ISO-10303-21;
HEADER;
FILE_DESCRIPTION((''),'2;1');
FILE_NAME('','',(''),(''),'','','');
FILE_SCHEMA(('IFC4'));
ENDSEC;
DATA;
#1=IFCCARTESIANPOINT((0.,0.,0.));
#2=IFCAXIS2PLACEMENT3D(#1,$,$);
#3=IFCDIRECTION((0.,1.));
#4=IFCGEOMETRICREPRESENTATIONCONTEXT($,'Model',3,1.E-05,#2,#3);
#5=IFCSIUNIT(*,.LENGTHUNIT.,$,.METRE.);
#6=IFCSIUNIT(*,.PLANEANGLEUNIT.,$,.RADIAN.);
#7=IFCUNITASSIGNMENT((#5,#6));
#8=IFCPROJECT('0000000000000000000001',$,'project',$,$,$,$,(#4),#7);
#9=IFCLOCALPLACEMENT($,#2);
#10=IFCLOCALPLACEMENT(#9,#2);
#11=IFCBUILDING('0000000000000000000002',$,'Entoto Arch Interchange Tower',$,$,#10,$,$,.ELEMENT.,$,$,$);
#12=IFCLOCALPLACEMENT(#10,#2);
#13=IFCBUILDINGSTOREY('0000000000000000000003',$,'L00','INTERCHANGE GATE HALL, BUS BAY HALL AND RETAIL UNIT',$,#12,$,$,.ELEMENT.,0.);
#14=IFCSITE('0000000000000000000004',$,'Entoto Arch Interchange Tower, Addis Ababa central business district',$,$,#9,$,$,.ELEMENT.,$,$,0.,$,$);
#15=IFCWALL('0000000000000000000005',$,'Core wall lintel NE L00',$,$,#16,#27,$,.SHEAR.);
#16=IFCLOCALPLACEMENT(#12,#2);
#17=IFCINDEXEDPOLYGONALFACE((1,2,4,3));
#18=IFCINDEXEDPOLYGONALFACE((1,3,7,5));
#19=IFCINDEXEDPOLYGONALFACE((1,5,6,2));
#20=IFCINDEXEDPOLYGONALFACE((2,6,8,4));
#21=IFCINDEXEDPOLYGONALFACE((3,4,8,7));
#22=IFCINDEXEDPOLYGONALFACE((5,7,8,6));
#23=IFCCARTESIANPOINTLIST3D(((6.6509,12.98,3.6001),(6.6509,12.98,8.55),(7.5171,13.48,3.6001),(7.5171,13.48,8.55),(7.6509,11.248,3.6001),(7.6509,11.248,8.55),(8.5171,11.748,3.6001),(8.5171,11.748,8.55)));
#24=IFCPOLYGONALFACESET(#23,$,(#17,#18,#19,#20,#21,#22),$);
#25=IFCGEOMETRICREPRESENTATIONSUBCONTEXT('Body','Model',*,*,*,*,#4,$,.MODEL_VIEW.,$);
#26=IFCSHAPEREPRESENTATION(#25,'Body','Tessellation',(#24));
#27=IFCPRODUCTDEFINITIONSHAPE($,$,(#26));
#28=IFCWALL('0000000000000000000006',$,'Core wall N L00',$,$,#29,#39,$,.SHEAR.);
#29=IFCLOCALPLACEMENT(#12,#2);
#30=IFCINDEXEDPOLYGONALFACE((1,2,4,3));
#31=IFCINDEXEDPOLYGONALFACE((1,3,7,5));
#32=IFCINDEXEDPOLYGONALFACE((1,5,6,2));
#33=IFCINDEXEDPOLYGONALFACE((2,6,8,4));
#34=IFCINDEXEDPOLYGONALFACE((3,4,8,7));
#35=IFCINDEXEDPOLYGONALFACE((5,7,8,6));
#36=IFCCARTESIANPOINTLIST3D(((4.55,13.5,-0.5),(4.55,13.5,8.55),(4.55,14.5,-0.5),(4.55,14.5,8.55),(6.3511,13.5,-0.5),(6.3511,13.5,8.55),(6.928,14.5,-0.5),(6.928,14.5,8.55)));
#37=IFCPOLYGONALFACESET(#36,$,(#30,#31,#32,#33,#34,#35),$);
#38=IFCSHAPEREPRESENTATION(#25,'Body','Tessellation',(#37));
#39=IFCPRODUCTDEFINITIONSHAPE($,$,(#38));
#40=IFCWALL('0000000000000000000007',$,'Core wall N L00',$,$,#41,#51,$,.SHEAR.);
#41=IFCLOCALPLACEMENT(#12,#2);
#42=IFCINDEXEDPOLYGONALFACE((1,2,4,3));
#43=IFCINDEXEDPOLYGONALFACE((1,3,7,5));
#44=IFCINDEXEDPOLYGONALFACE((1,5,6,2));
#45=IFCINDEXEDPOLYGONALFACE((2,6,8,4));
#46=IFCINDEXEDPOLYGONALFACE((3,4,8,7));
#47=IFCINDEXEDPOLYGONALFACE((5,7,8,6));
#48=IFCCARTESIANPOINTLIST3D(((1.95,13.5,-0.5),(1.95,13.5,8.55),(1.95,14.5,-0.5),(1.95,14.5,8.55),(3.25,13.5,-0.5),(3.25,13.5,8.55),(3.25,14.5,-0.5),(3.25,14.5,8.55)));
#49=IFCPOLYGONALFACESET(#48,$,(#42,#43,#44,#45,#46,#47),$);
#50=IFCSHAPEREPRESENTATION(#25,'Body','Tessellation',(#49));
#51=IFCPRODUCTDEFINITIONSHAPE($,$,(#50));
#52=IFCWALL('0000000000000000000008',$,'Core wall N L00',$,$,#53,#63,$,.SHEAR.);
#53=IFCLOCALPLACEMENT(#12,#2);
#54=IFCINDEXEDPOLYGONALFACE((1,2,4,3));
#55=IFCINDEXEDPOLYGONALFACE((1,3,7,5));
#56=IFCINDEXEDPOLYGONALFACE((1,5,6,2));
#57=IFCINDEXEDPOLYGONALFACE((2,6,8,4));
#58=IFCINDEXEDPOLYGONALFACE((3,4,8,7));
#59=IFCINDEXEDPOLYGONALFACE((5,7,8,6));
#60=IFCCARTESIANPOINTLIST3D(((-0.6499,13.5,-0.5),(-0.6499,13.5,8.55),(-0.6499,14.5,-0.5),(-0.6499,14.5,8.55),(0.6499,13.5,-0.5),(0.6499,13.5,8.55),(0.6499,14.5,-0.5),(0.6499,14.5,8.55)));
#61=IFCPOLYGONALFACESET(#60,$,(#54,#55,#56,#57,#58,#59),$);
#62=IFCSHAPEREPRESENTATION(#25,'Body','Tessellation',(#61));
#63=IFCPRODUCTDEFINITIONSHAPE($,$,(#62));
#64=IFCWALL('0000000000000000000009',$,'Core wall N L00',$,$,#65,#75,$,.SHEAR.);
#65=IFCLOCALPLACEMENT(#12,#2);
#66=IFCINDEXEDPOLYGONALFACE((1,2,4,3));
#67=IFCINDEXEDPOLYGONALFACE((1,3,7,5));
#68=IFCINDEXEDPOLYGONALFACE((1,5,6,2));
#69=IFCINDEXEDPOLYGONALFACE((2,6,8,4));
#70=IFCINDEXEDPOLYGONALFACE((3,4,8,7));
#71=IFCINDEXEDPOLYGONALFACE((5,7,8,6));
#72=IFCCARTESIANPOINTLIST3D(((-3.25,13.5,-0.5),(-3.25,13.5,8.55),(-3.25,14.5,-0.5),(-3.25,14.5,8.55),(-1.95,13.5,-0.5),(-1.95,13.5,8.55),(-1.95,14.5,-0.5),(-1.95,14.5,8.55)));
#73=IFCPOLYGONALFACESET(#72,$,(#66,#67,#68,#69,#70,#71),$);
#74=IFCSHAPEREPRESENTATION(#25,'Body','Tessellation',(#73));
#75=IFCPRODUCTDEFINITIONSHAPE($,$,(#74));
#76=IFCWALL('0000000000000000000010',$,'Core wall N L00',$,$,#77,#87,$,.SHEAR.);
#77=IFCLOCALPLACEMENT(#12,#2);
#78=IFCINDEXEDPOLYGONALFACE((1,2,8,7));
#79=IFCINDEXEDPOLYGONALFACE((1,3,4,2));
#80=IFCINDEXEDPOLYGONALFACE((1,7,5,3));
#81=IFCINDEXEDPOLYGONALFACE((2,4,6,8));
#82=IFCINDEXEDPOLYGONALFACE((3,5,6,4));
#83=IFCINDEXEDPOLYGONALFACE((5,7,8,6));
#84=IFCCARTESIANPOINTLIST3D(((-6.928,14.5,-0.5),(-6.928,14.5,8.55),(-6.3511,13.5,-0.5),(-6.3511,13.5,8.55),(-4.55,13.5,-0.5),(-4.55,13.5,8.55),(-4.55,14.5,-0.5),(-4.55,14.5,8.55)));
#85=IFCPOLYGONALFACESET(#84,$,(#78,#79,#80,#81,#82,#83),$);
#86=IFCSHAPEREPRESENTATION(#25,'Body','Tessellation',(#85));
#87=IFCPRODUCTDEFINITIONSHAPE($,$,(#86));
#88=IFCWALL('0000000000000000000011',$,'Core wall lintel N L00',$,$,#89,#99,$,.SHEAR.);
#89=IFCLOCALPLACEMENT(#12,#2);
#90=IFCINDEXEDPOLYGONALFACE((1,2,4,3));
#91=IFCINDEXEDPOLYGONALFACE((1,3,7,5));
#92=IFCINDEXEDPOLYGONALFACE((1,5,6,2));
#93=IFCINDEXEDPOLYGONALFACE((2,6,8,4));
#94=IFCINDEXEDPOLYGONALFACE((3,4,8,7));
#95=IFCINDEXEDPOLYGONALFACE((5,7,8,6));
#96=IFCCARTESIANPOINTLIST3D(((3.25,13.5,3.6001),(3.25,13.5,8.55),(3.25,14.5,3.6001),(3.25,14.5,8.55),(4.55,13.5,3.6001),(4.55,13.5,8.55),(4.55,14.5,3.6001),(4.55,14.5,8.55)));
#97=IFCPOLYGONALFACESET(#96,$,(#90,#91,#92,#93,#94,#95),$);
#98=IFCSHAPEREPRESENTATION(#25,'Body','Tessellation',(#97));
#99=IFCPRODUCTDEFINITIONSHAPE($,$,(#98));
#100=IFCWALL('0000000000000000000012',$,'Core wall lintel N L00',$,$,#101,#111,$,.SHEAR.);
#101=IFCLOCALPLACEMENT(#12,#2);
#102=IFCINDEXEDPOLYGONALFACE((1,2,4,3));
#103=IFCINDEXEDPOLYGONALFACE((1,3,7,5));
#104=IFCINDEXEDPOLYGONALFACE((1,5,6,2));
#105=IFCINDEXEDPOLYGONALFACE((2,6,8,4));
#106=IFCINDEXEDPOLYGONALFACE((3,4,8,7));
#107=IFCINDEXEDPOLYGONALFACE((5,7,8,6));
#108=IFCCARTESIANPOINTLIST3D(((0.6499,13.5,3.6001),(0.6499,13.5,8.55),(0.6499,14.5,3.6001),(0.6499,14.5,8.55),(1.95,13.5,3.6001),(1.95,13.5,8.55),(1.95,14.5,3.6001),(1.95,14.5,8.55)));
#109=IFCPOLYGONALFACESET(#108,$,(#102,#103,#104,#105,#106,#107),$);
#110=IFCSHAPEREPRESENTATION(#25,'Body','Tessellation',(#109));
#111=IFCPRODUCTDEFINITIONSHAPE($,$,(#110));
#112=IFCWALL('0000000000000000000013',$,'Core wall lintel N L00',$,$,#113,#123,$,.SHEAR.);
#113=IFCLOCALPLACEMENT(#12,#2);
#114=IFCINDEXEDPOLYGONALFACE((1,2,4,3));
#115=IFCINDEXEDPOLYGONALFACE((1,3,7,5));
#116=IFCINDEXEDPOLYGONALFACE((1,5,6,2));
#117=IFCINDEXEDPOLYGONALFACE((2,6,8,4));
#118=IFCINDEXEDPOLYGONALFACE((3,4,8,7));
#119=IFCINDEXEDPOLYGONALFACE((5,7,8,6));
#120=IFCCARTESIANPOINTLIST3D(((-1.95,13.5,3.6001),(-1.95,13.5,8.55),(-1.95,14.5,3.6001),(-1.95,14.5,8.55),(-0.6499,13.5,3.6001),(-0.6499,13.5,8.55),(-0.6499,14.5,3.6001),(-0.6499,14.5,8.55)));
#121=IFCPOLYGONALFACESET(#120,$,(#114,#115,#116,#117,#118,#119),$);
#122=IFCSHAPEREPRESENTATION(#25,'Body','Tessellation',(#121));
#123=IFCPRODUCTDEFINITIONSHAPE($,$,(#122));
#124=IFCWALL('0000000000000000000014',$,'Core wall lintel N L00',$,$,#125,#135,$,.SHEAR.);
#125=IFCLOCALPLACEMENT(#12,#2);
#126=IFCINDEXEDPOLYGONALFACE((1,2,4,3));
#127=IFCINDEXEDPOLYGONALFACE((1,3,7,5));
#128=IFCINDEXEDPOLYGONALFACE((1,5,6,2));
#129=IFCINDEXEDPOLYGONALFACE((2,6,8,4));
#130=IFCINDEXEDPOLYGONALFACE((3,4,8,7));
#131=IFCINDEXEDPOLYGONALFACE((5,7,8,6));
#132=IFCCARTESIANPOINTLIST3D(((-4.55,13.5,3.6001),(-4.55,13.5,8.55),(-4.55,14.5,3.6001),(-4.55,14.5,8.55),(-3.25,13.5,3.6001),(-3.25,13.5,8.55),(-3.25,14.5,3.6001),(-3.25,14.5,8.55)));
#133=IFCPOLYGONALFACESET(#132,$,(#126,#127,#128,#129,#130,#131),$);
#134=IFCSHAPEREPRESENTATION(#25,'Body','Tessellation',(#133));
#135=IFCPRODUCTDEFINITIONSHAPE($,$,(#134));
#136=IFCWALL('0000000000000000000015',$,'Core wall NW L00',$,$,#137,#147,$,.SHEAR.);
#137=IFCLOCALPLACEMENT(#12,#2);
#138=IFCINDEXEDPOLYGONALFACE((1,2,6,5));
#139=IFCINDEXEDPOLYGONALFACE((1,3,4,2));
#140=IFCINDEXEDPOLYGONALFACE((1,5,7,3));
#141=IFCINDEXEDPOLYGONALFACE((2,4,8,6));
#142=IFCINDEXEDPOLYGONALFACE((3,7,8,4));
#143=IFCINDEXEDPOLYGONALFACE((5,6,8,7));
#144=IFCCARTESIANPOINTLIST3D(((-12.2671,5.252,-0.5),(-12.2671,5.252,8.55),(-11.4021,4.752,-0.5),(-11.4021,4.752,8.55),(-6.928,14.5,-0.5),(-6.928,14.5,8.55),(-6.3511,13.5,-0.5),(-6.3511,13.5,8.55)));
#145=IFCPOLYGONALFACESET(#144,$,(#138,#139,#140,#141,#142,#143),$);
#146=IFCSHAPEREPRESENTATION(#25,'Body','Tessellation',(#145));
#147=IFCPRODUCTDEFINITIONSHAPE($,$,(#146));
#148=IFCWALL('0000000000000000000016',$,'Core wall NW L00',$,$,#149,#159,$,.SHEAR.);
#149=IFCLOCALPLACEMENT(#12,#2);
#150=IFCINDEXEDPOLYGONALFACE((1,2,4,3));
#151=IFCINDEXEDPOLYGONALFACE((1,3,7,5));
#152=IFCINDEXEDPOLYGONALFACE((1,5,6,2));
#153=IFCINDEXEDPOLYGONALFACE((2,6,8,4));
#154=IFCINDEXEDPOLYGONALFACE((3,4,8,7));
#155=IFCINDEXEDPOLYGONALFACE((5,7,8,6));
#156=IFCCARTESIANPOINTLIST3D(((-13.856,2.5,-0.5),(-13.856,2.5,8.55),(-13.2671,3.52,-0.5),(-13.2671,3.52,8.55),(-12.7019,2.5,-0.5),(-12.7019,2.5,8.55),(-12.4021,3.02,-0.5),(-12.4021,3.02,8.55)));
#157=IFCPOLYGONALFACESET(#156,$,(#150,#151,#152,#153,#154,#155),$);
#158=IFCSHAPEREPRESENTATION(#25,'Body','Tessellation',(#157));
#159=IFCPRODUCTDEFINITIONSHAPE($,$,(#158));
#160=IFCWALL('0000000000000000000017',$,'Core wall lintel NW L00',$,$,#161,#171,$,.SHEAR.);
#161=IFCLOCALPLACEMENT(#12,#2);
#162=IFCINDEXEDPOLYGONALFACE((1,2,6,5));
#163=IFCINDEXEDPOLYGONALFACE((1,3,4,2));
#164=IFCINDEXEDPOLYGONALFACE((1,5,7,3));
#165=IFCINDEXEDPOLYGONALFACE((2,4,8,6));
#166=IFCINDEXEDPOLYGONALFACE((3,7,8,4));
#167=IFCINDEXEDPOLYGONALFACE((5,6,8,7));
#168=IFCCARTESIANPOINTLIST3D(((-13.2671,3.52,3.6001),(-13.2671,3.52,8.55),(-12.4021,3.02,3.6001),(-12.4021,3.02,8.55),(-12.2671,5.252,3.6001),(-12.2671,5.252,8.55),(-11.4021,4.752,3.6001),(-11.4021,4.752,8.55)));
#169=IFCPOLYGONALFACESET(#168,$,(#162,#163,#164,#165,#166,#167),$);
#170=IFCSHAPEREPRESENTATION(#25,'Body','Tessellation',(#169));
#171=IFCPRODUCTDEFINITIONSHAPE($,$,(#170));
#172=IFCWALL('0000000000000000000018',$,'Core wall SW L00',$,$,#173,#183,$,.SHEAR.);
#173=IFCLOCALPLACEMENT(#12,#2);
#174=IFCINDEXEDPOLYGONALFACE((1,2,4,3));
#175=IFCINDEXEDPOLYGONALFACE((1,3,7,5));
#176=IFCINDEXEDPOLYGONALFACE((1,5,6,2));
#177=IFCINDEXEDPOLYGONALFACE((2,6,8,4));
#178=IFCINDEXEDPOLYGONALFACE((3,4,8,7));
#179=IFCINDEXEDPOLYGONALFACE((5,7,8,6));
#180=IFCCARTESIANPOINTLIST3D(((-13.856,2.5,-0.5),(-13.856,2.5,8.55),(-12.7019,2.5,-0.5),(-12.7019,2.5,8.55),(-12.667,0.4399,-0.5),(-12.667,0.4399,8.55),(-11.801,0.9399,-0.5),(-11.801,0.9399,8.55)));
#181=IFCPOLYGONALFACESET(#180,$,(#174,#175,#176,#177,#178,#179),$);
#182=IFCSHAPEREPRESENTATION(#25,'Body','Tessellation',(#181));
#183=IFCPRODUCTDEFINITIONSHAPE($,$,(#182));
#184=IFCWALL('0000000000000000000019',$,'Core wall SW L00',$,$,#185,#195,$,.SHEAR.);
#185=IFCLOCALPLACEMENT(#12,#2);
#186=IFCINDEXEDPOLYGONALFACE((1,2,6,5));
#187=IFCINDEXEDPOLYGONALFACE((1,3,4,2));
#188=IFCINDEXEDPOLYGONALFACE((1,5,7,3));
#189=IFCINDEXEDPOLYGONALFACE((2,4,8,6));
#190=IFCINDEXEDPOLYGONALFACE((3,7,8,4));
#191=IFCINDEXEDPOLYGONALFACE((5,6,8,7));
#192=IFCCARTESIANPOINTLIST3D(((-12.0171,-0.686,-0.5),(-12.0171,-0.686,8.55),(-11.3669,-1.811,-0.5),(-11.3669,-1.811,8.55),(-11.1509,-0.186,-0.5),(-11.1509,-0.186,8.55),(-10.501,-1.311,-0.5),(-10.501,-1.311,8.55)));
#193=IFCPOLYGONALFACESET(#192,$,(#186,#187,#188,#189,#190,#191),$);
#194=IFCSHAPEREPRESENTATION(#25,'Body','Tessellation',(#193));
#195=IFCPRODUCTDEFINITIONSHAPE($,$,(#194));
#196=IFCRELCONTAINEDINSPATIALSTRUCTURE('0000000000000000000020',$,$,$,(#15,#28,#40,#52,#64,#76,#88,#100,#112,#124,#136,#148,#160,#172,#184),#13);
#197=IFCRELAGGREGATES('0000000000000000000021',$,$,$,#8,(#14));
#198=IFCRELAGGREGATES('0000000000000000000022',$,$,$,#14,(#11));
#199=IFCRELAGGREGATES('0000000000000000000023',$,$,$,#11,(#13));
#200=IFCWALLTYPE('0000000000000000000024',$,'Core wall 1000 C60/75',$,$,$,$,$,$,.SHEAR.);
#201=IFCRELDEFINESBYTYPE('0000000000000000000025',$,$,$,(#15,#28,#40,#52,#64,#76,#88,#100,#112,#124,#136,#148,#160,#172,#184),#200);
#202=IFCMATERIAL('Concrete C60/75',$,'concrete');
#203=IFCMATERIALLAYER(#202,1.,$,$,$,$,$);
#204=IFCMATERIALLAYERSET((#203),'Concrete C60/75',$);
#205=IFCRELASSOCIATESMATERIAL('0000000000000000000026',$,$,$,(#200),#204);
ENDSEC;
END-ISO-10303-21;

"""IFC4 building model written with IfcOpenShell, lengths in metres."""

from ifc_helpers import new_model, si_unit, direction, frame, origin, place, context, subcontext, project, spatial, polyline, outline, extrude, material, layer, layer_set, type_object, element, save


model = new_model("IFC4")

# Units and contexts
model_context = context("Model", 3, precision=1e-05, world=origin(), true_north=direction((0.0, 1.0)))
body_context = subcontext(model_context, "Body", "Model", "MODEL_VIEW")
ifc_project = project(units=[si_unit("LENGTHUNIT", "METRE"), si_unit("PLANEANGLEUNIT", "RADIAN")], contexts=[model_context])

# Site, building, storey
site_placement = place(None, origin())
site = spatial("IfcSite", under=ifc_project, at=site_placement, Name="Entoto Arch Interchange Tower, Addis Ababa central business district", CompositionType="ELEMENT", RefElevation=0.0)
building_placement = place(site_placement, origin())
building = spatial("IfcBuilding", under=site, at=building_placement, Name="Entoto Arch Interchange Tower", CompositionType="ELEMENT")
storey_placement = place(building_placement, origin())
storey = spatial("IfcBuildingStorey", under=building, at=storey_placement, Name="L00", Description="INTERCHANGE GATE HALL, BUS BAY HALL AND RETAIL UNIT", CompositionType="ELEMENT", Elevation=0.0)

# Walls
ifc_material_1 = material(Name="Concrete C60/75", Category="concrete")
ifc_layer_1 = layer(ifc_material_1, 1.0)
ifc_layer_set_1 = layer_set([ifc_layer_1], Name="Concrete C60/75")
wall_type_1 = type_object("IfcWallType", Name="Core wall 1000 C60/75", PredefinedType="SHEAR", material=ifc_layer_set_1)
wall_1_placement = place(storey_placement, frame((0.0, 0.0, 3.6001)))
element("IfcWall", 1, at=wall_1_placement, inside=storey, type_object=wall_type_1, Name="Core wall lintel NE L00", PredefinedType="SHEAR", context=body_context, shape_type="SweptSolid", body=[
    extrude(outline(polyline([(7.5171, 13.48), (6.6509, 12.98), (7.6509, 11.248), (8.5171, 11.748), (7.5171, 13.48)])), origin(), (0.0, 0.0, 1.0), 4.95),
])
wall_2_placement = place(storey_placement, frame((0.0, 0.0, -0.5)))
element("IfcWall", 2, at=wall_2_placement, inside=storey, type_object=wall_type_1, Name="Core wall N L00", PredefinedType="SHEAR", context=body_context, shape_type="SweptSolid", body=[
    extrude(outline(polyline([(4.55, 14.5), (4.55, 13.5), (6.3511, 13.5), (6.928, 14.5), (4.55, 14.5)])), origin(), (0.0, 0.0, 1.0), 9.05),
])
wall_3_placement = place(storey_placement, frame((0.0, 0.0, -0.5)))
element("IfcWall", 3, at=wall_3_placement, inside=storey, type_object=wall_type_1, Name="Core wall N L00", PredefinedType="SHEAR", context=body_context, shape_type="SweptSolid", body=[
    extrude(outline(polyline([(1.95, 14.5), (1.95, 13.5), (3.25, 13.5), (3.25, 14.5), (1.95, 14.5)])), origin(), (0.0, 0.0, 1.0), 9.05),
])
wall_4_placement = place(storey_placement, frame((0.0, 0.0, -0.5)))
element("IfcWall", 4, at=wall_4_placement, inside=storey, type_object=wall_type_1, Name="Core wall N L00", PredefinedType="SHEAR", context=body_context, shape_type="SweptSolid", body=[
    extrude(outline(polyline([(-0.6499, 14.5), (-0.6499, 13.5), (0.6499, 13.5), (0.6499, 14.5), (-0.6499, 14.5)])), origin(), (0.0, 0.0, 1.0), 9.05),
])
wall_5_placement = place(storey_placement, frame((0.0, 0.0, -0.5)))
element("IfcWall", 5, at=wall_5_placement, inside=storey, type_object=wall_type_1, Name="Core wall N L00", PredefinedType="SHEAR", context=body_context, shape_type="SweptSolid", body=[
    extrude(outline(polyline([(-3.25, 14.5), (-3.25, 13.5), (-1.95, 13.5), (-1.95, 14.5), (-3.25, 14.5)])), origin(), (0.0, 0.0, 1.0), 9.05),
])
wall_6_placement = place(storey_placement, frame((0.0, 0.0, -0.5)))
element("IfcWall", 6, at=wall_6_placement, inside=storey, type_object=wall_type_1, Name="Core wall N L00", PredefinedType="SHEAR", context=body_context, shape_type="SweptSolid", body=[
    extrude(outline(polyline([(-4.55, 13.5), (-4.55, 14.5), (-6.928, 14.5), (-6.3511, 13.5), (-4.55, 13.5)])), origin(), (0.0, 0.0, 1.0), 9.05),
])
wall_7_placement = place(storey_placement, frame((0.0, 0.0, 3.6001)))
element("IfcWall", 7, at=wall_7_placement, inside=storey, type_object=wall_type_1, Name="Core wall lintel N L00", PredefinedType="SHEAR", context=body_context, shape_type="SweptSolid", body=[
    extrude(outline(polyline([(3.25, 14.5), (3.25, 13.5), (4.55, 13.5), (4.55, 14.5), (3.25, 14.5)])), origin(), (0.0, 0.0, 1.0), 4.95),
])
wall_8_placement = place(storey_placement, frame((0.0, 0.0, 3.6001)))
element("IfcWall", 8, at=wall_8_placement, inside=storey, type_object=wall_type_1, Name="Core wall lintel N L00", PredefinedType="SHEAR", context=body_context, shape_type="SweptSolid", body=[
    extrude(outline(polyline([(0.6499, 14.5), (0.6499, 13.5), (1.95, 13.5), (1.95, 14.5), (0.6499, 14.5)])), origin(), (0.0, 0.0, 1.0), 4.95),
])
wall_9_placement = place(storey_placement, frame((0.0, 0.0, 3.6001)))
element("IfcWall", 9, at=wall_9_placement, inside=storey, type_object=wall_type_1, Name="Core wall lintel N L00", PredefinedType="SHEAR", context=body_context, shape_type="SweptSolid", body=[
    extrude(outline(polyline([(-1.95, 14.5), (-1.95, 13.5), (-0.6499, 13.5), (-0.6499, 14.5), (-1.95, 14.5)])), origin(), (0.0, 0.0, 1.0), 4.95),
])
wall_10_placement = place(storey_placement, frame((0.0, 0.0, 3.6001)))
element("IfcWall", 10, at=wall_10_placement, inside=storey, type_object=wall_type_1, Name="Core wall lintel N L00", PredefinedType="SHEAR", context=body_context, shape_type="SweptSolid", body=[
    extrude(outline(polyline([(-4.55, 14.5), (-4.55, 13.5), (-3.25, 13.5), (-3.25, 14.5), (-4.55, 14.5)])), origin(), (0.0, 0.0, 1.0), 4.95),
])
wall_11_placement = place(storey_placement, frame((0.0, 0.0, -0.5)))
element("IfcWall", 11, at=wall_11_placement, inside=storey, type_object=wall_type_1, Name="Core wall NW L00", PredefinedType="SHEAR", context=body_context, shape_type="SweptSolid", body=[
    extrude(outline(polyline([(-12.2671, 5.252), (-11.4021, 4.752), (-6.3511, 13.5), (-6.928, 14.5), (-12.2671, 5.252)])), origin(), (0.0, 0.0, 1.0), 9.05),
])
wall_12_placement = place(storey_placement, frame((0.0, 0.0, -0.5)))
element("IfcWall", 12, at=wall_12_placement, inside=storey, type_object=wall_type_1, Name="Core wall NW L00", PredefinedType="SHEAR", context=body_context, shape_type="SweptSolid", body=[
    extrude(outline(polyline([(-12.4021, 3.02), (-13.2671, 3.52), (-13.856, 2.5), (-12.7019, 2.5), (-12.4021, 3.02)])), origin(), (0.0, 0.0, 1.0), 9.05),
])
wall_13_placement = place(storey_placement, frame((0.0, 0.0, 3.6001)))
element("IfcWall", 13, at=wall_13_placement, inside=storey, type_object=wall_type_1, Name="Core wall lintel NW L00", PredefinedType="SHEAR", context=body_context, shape_type="SweptSolid", body=[
    extrude(outline(polyline([(-13.2671, 3.52), (-12.4021, 3.02), (-11.4021, 4.752), (-12.2671, 5.252), (-13.2671, 3.52)])), origin(), (0.0, 0.0, 1.0), 4.95),
])
wall_14_placement = place(storey_placement, frame((0.0, 0.0, -0.5)))
element("IfcWall", 14, at=wall_14_placement, inside=storey, type_object=wall_type_1, Name="Core wall SW L00", PredefinedType="SHEAR", context=body_context, shape_type="SweptSolid", body=[
    extrude(outline(polyline([(-12.667, 0.4399), (-11.801, 0.9399), (-12.7019, 2.5), (-13.856, 2.5), (-12.667, 0.4399)])), origin(), (0.0, 0.0, 1.0), 9.05),
])
wall_15_placement = place(storey_placement, frame((0.0, 0.0, -0.5)))
element("IfcWall", 15, at=wall_15_placement, inside=storey, type_object=wall_type_1, Name="Core wall SW L00", PredefinedType="SHEAR", context=body_context, shape_type="SweptSolid", body=[
    extrude(outline(polyline([(-11.3669, -1.811), (-10.501, -1.311), (-11.1509, -0.186), (-12.0171, -0.686), (-11.3669, -1.811)])), origin(), (0.0, 0.0, 1.0), 9.05),
])

save(model, "model.ifc")
